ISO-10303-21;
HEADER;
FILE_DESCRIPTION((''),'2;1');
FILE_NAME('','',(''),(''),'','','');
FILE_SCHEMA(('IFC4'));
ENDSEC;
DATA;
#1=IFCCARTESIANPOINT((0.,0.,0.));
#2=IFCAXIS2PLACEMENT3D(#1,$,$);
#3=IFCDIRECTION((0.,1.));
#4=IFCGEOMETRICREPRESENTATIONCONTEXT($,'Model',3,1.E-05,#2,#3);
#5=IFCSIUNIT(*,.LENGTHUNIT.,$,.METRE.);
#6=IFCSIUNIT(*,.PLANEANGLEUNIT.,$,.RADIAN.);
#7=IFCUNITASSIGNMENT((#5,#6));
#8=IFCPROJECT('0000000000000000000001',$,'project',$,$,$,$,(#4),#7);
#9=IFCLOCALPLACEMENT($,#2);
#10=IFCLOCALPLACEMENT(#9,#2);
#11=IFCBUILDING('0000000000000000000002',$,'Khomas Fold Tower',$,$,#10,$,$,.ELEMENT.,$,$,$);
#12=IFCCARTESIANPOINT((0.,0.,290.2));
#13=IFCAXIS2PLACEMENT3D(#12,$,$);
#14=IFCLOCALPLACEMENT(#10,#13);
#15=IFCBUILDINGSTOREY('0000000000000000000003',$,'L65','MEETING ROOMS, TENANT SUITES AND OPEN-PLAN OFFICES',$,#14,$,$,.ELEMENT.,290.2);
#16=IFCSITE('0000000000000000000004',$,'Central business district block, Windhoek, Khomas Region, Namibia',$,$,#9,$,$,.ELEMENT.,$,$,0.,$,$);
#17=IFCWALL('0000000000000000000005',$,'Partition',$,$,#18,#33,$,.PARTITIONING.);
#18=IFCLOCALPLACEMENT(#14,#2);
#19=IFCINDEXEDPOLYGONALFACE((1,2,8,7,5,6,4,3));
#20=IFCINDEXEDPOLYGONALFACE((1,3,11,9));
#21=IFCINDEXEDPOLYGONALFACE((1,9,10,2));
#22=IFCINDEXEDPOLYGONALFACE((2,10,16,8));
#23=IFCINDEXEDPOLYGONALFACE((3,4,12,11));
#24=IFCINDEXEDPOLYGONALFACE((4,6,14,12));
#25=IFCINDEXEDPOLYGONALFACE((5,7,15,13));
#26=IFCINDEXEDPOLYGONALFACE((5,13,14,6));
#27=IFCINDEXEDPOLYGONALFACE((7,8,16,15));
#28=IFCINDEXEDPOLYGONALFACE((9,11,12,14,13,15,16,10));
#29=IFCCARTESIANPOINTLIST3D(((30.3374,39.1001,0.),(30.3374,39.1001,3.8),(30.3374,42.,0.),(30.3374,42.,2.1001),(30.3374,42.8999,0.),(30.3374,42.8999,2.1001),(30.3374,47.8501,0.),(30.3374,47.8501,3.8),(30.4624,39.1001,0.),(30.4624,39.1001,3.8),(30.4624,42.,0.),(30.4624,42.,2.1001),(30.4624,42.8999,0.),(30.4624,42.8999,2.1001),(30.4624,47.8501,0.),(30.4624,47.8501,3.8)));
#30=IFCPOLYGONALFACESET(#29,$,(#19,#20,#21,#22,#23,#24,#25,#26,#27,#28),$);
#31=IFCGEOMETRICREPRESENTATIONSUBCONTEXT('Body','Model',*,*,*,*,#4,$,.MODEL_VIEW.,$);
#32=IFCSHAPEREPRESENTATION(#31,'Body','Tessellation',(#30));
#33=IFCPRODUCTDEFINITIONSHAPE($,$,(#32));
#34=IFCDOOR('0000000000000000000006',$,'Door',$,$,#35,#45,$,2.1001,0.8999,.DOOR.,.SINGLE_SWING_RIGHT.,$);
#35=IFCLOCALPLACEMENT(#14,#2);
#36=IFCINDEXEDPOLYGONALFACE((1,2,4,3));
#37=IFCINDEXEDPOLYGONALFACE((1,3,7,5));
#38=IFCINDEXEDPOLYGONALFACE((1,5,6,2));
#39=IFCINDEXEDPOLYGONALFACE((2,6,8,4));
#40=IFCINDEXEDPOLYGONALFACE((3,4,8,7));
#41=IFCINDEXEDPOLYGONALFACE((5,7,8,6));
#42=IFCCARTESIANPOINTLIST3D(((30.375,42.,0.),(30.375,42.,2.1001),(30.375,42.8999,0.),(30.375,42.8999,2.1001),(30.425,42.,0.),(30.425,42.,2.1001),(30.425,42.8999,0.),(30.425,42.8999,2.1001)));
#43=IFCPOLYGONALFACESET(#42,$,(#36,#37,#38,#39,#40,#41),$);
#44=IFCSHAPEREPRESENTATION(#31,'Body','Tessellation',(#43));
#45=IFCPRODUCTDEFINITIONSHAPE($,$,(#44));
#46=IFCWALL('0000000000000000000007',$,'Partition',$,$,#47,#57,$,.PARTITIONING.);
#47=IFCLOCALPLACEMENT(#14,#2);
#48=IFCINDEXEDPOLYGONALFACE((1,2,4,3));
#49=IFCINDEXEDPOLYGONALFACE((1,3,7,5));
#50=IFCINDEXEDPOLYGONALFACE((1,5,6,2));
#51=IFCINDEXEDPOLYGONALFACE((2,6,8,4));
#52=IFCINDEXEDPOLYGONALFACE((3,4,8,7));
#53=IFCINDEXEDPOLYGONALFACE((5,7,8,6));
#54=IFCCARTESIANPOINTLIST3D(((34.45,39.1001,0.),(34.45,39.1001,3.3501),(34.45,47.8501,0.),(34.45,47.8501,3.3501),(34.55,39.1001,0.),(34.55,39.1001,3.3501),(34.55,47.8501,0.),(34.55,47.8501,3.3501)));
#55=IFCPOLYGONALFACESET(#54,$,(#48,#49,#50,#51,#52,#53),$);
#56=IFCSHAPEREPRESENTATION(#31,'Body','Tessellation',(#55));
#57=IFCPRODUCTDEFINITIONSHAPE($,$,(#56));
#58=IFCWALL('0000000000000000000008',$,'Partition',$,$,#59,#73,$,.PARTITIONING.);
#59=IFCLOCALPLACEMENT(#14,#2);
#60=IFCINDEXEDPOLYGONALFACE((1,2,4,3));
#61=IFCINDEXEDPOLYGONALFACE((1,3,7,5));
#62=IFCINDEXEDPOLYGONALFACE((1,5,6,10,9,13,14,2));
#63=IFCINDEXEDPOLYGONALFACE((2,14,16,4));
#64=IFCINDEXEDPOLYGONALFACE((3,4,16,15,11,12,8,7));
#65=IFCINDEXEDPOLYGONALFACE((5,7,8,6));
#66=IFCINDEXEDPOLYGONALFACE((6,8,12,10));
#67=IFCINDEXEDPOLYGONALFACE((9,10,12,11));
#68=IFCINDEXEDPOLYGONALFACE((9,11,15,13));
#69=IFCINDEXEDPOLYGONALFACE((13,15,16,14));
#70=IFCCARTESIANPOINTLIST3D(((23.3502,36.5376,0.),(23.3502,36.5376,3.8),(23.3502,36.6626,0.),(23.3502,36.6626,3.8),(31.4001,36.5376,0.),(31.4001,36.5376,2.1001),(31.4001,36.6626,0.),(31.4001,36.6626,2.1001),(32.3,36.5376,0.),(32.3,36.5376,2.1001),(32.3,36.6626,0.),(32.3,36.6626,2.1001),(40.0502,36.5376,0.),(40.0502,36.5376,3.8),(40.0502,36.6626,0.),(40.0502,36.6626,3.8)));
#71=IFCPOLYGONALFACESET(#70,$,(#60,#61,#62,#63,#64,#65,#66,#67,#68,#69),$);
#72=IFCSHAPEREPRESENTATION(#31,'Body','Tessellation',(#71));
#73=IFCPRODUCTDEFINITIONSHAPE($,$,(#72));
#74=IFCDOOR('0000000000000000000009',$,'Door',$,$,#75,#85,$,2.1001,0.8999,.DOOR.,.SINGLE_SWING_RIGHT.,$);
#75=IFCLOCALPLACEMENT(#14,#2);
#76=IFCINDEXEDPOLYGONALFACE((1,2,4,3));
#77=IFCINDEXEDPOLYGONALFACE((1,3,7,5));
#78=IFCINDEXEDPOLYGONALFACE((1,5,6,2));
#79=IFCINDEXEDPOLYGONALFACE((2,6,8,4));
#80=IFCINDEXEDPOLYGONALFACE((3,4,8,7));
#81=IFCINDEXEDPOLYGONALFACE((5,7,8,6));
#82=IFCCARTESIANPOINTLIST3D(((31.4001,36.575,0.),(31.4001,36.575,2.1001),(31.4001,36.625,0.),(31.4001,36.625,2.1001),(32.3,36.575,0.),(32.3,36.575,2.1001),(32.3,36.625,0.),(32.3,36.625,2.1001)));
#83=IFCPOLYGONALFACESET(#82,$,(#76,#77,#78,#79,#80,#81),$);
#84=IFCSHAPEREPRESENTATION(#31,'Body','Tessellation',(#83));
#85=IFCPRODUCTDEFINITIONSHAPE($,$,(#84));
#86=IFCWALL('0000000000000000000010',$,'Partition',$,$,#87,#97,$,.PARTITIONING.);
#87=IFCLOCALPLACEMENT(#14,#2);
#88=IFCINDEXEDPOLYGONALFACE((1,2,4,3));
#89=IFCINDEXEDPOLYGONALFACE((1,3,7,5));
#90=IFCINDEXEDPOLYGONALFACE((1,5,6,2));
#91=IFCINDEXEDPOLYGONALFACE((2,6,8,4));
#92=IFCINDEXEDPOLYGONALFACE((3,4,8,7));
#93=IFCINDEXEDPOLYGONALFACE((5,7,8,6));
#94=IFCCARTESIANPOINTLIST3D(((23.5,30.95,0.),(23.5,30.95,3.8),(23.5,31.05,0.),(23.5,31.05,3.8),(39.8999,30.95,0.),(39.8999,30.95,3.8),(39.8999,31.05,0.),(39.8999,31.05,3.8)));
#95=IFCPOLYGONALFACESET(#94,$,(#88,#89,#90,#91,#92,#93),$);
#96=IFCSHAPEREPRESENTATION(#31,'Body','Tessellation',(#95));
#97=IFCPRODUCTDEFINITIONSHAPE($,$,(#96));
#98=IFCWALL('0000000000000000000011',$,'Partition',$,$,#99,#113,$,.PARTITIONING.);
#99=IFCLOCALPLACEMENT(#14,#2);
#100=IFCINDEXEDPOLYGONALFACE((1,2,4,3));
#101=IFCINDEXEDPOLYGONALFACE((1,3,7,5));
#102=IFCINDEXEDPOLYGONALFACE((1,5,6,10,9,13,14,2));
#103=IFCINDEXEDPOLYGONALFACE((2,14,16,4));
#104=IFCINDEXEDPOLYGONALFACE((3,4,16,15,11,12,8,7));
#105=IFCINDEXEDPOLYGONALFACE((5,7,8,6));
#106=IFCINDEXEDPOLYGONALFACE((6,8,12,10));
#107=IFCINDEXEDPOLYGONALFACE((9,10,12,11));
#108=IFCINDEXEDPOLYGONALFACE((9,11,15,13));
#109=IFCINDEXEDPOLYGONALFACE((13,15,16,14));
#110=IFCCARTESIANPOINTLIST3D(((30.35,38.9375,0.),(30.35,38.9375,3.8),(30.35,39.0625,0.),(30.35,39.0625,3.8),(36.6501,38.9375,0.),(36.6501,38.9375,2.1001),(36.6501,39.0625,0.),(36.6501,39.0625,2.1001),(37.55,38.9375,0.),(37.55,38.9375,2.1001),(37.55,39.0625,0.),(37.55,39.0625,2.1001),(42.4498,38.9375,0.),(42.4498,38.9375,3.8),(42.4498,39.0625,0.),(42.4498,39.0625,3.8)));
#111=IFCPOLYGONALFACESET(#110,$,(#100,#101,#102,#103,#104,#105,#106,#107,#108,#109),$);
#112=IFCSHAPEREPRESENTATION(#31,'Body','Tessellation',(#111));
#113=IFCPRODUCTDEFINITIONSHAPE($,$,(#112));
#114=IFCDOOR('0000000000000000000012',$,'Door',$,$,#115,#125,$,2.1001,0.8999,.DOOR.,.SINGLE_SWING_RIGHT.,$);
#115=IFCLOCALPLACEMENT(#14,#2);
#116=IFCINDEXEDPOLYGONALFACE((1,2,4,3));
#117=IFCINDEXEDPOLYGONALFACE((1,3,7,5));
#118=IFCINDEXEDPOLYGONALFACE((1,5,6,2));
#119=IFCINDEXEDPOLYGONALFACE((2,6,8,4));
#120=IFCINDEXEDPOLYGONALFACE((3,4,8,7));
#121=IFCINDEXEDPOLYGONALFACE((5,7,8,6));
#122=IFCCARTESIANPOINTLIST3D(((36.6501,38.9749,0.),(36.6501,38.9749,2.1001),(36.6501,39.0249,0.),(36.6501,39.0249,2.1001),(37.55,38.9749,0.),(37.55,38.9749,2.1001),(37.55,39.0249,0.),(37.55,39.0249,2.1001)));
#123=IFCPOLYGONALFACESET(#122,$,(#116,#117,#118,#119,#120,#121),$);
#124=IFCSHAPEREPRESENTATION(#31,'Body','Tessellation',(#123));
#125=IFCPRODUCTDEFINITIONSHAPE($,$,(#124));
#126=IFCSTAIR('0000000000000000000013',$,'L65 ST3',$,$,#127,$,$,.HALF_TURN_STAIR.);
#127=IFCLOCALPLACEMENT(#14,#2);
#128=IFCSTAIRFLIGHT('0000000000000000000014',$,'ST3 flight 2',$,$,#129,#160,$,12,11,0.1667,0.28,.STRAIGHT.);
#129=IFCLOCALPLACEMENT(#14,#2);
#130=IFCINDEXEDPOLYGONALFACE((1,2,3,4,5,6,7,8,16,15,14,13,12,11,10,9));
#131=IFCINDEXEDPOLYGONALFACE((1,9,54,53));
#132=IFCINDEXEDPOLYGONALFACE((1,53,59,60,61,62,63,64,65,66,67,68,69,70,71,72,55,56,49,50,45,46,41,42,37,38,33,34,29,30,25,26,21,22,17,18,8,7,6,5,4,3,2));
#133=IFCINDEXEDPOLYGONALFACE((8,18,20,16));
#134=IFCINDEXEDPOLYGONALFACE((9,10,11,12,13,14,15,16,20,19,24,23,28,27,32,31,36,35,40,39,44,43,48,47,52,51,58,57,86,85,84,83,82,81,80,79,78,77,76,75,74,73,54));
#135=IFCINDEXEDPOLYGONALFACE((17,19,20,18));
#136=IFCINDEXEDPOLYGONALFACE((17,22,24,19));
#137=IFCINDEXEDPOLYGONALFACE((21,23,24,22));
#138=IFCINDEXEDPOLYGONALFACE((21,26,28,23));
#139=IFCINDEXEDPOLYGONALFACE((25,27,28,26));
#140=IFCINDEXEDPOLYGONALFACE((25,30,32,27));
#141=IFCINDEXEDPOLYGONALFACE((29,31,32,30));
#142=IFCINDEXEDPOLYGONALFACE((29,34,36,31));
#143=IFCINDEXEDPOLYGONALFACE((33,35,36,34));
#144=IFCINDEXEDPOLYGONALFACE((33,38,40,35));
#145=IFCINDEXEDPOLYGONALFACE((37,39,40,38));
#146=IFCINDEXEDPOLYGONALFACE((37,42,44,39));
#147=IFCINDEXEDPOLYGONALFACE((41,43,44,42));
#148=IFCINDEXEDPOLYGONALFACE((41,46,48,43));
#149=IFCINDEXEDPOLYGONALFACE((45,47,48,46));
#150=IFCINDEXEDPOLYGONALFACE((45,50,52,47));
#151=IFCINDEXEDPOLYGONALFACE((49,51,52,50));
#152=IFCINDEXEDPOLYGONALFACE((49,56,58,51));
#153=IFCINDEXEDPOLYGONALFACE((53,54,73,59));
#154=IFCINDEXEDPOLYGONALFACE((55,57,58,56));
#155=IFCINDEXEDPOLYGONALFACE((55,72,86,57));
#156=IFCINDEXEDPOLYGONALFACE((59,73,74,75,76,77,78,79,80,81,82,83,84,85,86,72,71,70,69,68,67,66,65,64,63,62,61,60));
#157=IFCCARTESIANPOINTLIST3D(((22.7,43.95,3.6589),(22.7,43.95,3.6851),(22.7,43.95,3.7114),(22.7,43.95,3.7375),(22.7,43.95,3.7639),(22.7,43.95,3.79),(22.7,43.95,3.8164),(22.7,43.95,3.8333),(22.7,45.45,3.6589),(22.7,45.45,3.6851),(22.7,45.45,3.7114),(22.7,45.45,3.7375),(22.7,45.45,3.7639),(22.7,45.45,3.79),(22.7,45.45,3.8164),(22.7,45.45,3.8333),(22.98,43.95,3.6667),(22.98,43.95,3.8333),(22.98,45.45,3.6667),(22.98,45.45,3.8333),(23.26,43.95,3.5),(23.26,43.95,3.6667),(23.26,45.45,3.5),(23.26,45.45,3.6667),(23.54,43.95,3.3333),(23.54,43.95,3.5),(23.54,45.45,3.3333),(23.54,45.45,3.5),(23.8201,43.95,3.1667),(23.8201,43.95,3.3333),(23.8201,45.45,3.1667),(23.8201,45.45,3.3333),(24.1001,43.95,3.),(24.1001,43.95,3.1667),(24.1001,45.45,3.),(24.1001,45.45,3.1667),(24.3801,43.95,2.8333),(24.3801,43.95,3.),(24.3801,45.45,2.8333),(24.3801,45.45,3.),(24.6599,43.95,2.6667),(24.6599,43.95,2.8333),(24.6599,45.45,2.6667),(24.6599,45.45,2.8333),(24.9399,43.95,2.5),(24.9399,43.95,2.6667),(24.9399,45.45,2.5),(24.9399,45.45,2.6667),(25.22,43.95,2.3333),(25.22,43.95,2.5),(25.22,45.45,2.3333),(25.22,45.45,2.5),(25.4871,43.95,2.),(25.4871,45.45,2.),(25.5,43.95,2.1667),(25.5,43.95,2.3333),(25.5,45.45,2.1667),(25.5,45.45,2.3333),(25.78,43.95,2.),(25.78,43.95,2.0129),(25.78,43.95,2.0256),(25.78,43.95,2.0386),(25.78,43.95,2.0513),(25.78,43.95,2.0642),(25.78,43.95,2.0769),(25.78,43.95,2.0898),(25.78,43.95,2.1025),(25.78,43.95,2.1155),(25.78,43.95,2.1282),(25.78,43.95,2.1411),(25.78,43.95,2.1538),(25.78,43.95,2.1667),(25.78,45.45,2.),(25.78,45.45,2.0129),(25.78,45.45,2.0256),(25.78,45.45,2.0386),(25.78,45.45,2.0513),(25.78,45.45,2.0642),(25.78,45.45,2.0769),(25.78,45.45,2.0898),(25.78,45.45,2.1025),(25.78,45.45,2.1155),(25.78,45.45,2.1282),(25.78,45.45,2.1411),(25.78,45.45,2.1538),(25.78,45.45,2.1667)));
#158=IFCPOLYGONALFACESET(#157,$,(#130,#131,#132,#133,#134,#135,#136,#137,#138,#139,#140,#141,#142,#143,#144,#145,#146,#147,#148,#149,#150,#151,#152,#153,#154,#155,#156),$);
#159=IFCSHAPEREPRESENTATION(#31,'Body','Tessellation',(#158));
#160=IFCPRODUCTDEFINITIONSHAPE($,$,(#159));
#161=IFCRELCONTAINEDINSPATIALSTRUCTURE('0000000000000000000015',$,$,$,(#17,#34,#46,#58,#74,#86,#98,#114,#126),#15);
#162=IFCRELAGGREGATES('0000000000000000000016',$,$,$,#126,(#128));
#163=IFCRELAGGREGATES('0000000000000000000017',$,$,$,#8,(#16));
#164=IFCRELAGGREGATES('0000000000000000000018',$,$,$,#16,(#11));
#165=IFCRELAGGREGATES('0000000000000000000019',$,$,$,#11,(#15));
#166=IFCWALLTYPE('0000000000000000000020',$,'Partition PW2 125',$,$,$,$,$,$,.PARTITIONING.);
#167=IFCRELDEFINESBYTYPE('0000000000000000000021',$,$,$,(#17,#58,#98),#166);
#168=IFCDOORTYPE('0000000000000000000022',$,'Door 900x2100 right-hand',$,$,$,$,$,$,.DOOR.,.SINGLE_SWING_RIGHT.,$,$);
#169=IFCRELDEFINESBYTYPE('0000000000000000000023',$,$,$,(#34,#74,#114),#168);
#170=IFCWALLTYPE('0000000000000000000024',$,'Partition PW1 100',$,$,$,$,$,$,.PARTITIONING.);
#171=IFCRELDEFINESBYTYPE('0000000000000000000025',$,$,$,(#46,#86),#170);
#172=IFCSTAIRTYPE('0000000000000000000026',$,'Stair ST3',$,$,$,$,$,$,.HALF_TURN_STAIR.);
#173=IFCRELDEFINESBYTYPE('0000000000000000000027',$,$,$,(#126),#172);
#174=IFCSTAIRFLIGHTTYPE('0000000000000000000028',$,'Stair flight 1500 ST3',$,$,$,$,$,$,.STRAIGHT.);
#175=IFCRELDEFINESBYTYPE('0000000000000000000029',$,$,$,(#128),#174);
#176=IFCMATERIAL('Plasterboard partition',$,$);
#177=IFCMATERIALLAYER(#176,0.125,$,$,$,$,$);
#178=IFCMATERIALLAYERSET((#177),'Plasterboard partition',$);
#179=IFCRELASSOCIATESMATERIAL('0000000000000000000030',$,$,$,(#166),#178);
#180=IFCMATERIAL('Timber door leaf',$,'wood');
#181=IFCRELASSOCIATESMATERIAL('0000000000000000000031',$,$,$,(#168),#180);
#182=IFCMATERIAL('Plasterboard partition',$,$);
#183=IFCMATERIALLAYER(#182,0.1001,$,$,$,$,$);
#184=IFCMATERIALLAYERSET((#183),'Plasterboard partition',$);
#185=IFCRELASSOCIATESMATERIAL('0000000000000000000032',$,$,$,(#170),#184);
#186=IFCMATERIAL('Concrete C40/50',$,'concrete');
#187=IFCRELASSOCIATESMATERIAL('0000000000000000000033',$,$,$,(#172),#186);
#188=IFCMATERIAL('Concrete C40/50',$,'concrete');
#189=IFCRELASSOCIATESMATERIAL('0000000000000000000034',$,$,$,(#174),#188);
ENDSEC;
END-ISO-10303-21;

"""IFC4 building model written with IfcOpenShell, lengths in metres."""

from ifc_helpers import new_model, si_unit, direction, frame, frame_2d, origin, place, context, subcontext, project, spatial, polyline, rectangle, outline, extrude, source, transform, mapped, material, layer, layer_set, type_object, element, fill, aggregate, save


model = new_model("IFC4")

# Units and contexts
model_context = context("Model", 3, precision=1e-05, world=origin(), true_north=direction((0.0, 1.0)))
body_context = subcontext(model_context, "Body", "Model", "MODEL_VIEW")
ifc_project = project(units=[si_unit("LENGTHUNIT", "METRE"), si_unit("PLANEANGLEUNIT", "RADIAN")], contexts=[model_context])

# Site, building, storey
site_placement = place(None, origin())
site = spatial("IfcSite", under=ifc_project, at=site_placement, Name="Central business district block, Windhoek, Khomas Region, Namibia", CompositionType="ELEMENT", RefElevation=0.0)
building_placement = place(site_placement, origin())
building = spatial("IfcBuilding", under=site, at=building_placement, Name="Khomas Fold Tower", CompositionType="ELEMENT")
storey_placement = place(building_placement, frame((0.0, 0.0, 290.2)))
storey = spatial("IfcBuildingStorey", under=building, at=storey_placement, Name="L65", Description="MEETING ROOMS, TENANT SUITES AND OPEN-PLAN OFFICES", CompositionType="ELEMENT", Elevation=290.2)

# Wall, opening, door
ifc_material_1 = material(Name="Plasterboard partition")
ifc_layer_1 = layer(ifc_material_1, 0.125)
ifc_layer_set_1 = layer_set([ifc_layer_1], Name="Plasterboard partition")
wall_type_1 = type_object("IfcWallType", Name="Partition PW2 125", PredefinedType="PARTITIONING", material=ifc_layer_set_1)
shared_shape_1 = source(origin(), body_context, "Body", "SweptSolid", [
    extrude(rectangle(XDim=8.75, YDim=0.125, at=frame_2d((4.375, 0.0))), origin(), (0.0, 0.0, 1.0), 3.8),
])
wall_1_placement = place(storey_placement, frame((30.3999, 39.1001, 0.0), z_axis=(0.0, 0.0, 1.0), x_axis=(0.0, 1.0, 0.0)))
wall_1 = element("IfcWall", 1, at=wall_1_placement, inside=storey, type_object=wall_type_1, Name="Partition", PredefinedType="PARTITIONING", context=body_context, shape_type="MappedRepresentation", body=[
    mapped(shared_shape_1, transform((0.0, 0.0, 0.0))),
])
shared_shape_2 = source(origin(), body_context, "Body", "SweptSolid", [
    extrude(rectangle(XDim=0.8999, YDim=2.1001, at=frame_2d((0.45, 1.05))), frame((0.0, 0.0725, 0.0), z_axis=(0.0, -1.0, 0.0), x_axis=(1.0, 0.0, 0.0)), (0.0, 0.0, 1.0), 0.145),
])
opening_1_placement = place(wall_1_placement, frame((2.8999, 0.0, 0.0)))
opening_1 = element("IfcOpeningElement", 2, at=opening_1_placement, cuts=wall_1, PredefinedType="OPENING", context=body_context, shape_type="MappedRepresentation", body=[
    mapped(shared_shape_2, transform((0.0, 0.0, 0.0))),
])
ifc_material_2 = material(Name="Timber door leaf", Category="wood")
door_type = type_object("IfcDoorType", Name="Door 900x2100 right-hand", OperationType="SINGLE_SWING_RIGHT", PredefinedType="DOOR", material=ifc_material_2)
shared_shape_3 = source(origin(), body_context, "Body", "SweptSolid", [
    extrude(rectangle(XDim=0.8999, YDim=2.1001, at=frame_2d((0.45, 1.05))), frame((0.0, 0.0249, 0.0), z_axis=(0.0, -1.0, 0.0), x_axis=(1.0, 0.0, 0.0)), (0.0, 0.0, 1.0), 0.05),
])
door_1_placement = place(opening_1_placement, origin())
door_1 = element("IfcDoor", 3, at=door_1_placement, inside=storey, type_object=door_type, Name="Door", OperationType="SINGLE_SWING_RIGHT", OverallHeight=2.1001, OverallWidth=0.8999, PredefinedType="DOOR", context=body_context, shape_type="MappedRepresentation", body=[
    mapped(shared_shape_3, transform((0.0, 0.0, 0.0))),
])
fill(opening_1, door_1)

# Wall
ifc_material_3 = material(Name="Plasterboard partition")
ifc_layer_2 = layer(ifc_material_3, 0.1001)
ifc_layer_set_2 = layer_set([ifc_layer_2], Name="Plasterboard partition")
wall_type_2 = type_object("IfcWallType", Name="Partition PW1 100", PredefinedType="PARTITIONING", material=ifc_layer_set_2)
shared_shape_4 = source(origin(), body_context, "Body", "SweptSolid", [
    extrude(rectangle(XDim=8.75, YDim=0.1001, at=frame_2d((4.375, 0.0))), origin(), (0.0, 0.0, 1.0), 3.3501),
])
wall_2_placement = place(storey_placement, frame((34.5, 39.1001, 0.0), z_axis=(0.0, 0.0, 1.0), x_axis=(0.0, 1.0, 0.0)))
element("IfcWall", 4, at=wall_2_placement, inside=storey, type_object=wall_type_2, Name="Partition", PredefinedType="PARTITIONING", context=body_context, shape_type="MappedRepresentation", body=[
    mapped(shared_shape_4, transform((0.0, 0.0, 0.0))),
])

# Wall, opening, door
shared_shape_5 = source(origin(), body_context, "Body", "SweptSolid", [
    extrude(rectangle(XDim=16.7, YDim=0.125, at=frame_2d((8.3501, 0.0))), origin(), (0.0, 0.0, 1.0), 3.8),
])
wall_3_placement = place(storey_placement, frame((23.3501, 36.6001, 0.0), z_axis=(0.0, 0.0, 1.0), x_axis=(1.0, 0.0, 0.0)))
wall_3 = element("IfcWall", 5, at=wall_3_placement, inside=storey, type_object=wall_type_1, Name="Partition", PredefinedType="PARTITIONING", context=body_context, shape_type="MappedRepresentation", body=[
    mapped(shared_shape_5, transform((0.0, 0.0, 0.0))),
])
opening_2_placement = place(wall_3_placement, frame((8.05, 0.0, 0.0)))
opening_2 = element("IfcOpeningElement", 6, at=opening_2_placement, cuts=wall_3, PredefinedType="OPENING", context=body_context, shape_type="MappedRepresentation", body=[
    mapped(shared_shape_2, transform((0.0, 0.0, 0.0))),
])
door_2_placement = place(opening_2_placement, origin())
door_2 = element("IfcDoor", 7, at=door_2_placement, inside=storey, type_object=door_type, Name="Door", OperationType="SINGLE_SWING_RIGHT", OverallHeight=2.1001, OverallWidth=0.8999, PredefinedType="DOOR", context=body_context, shape_type="MappedRepresentation", body=[
    mapped(shared_shape_3, transform((0.0, 0.0, 0.0))),
])
fill(opening_2, door_2)

# Wall
shared_shape_6 = source(origin(), body_context, "Body", "SweptSolid", [
    extrude(rectangle(XDim=16.3999, YDim=0.1001, at=frame_2d((8.2, 0.0))), origin(), (0.0, 0.0, 1.0), 3.8),
])
wall_4_placement = place(storey_placement, frame((23.5, 31.0, 0.0), z_axis=(0.0, 0.0, 1.0), x_axis=(1.0, 0.0, 0.0)))
element("IfcWall", 8, at=wall_4_placement, inside=storey, type_object=wall_type_2, Name="Partition", PredefinedType="PARTITIONING", context=body_context, shape_type="MappedRepresentation", body=[
    mapped(shared_shape_6, transform((0.0, 0.0, 0.0))),
])

# Wall, opening, door
shared_shape_7 = source(origin(), body_context, "Body", "SweptSolid", [
    extrude(rectangle(XDim=12.0999, YDim=0.125, at=frame_2d((6.0498, 0.0))), origin(), (0.0, 0.0, 1.0), 3.8),
])
wall_5_placement = place(storey_placement, frame((30.3501, 39.0, 0.0), z_axis=(0.0, 0.0, 1.0), x_axis=(1.0, 0.0, 0.0)))
wall_5 = element("IfcWall", 9, at=wall_5_placement, inside=storey, type_object=wall_type_1, Name="Partition", PredefinedType="PARTITIONING", context=body_context, shape_type="MappedRepresentation", body=[
    mapped(shared_shape_7, transform((0.0, 0.0, 0.0))),
])
opening_3_placement = place(wall_5_placement, frame((6.3, 0.0, 0.0)))
opening_3 = element("IfcOpeningElement", 10, at=opening_3_placement, cuts=wall_5, PredefinedType="OPENING", context=body_context, shape_type="MappedRepresentation", body=[
    mapped(shared_shape_2, transform((0.0, 0.0, 0.0))),
])
door_3_placement = place(opening_3_placement, origin())
door_3 = element("IfcDoor", 11, at=door_3_placement, inside=storey, type_object=door_type, Name="Door", OperationType="SINGLE_SWING_RIGHT", OverallHeight=2.1001, OverallWidth=0.8999, PredefinedType="DOOR", context=body_context, shape_type="MappedRepresentation", body=[
    mapped(shared_shape_3, transform((0.0, 0.0, 0.0))),
])
fill(opening_3, door_3)

# Stair, stair flight
ifc_material_4 = material(Name="Concrete C40/50", Category="concrete")
stair_type = type_object("IfcStairType", Name="Stair ST3", PredefinedType="HALF_TURN_STAIR", material=ifc_material_4)
stair_placement = place(storey_placement, origin())
stair = element("IfcStair", 12, at=stair_placement, inside=storey, type_object=stair_type, Name="L65 ST3", PredefinedType="HALF_TURN_STAIR")
ifc_material_5 = material(Name="Concrete C40/50", Category="concrete")
stair_flight_type = type_object("IfcStairFlightType", Name="Stair flight 1500 ST3", PredefinedType="STRAIGHT", material=ifc_material_5)
shared_shape_8 = source(origin(), body_context, "Body", "SweptSolid", [
    extrude(outline(polyline([(0.0, 0.0), (0.0, 0.0129), (0.0, 0.0256), (0.0, 0.0386), (0.0, 0.0513), (0.0, 0.0642), (0.0, 0.0769), (0.0, 0.0898), (0.0, 0.1025), (0.0, 0.1155), (0.0, 0.1282), (0.0, 0.1411), (0.0, 0.1538), (0.0, 0.1667), (0.28, 0.1667), (0.28, 0.3333), (0.5601, 0.3333), (0.5601, 0.5), (0.8401, 0.5), (0.8401, 0.6667), (1.1201, 0.6667), (1.1201, 0.8333), (1.3999, 0.8333), (1.3999, 1.0), (1.6799, 1.0), (1.6799, 1.1667), (1.96, 1.1667), (1.96, 1.3333), (2.24, 1.3333), (2.24, 1.5), (2.52, 1.5), (2.52, 1.6667), (2.8, 1.6667), (2.8, 1.8333), (3.0801, 1.8333), (3.0801, 2.0), (3.0801, 1.9739), (3.0801, 1.9475), (3.0801, 1.9214), (3.0801, 1.895), (3.0801, 1.8689), (3.0801, 1.8425), (3.0801, 1.8164), (3.0801, 1.79), (3.0801, 1.7639), (3.0801, 1.7375), (3.0801, 1.7114), (3.0801, 1.6851), (3.0801, 1.6589), (0.293, 0.0), (0.0, 0.0)])), frame((0.0, 0.75, 0.0), z_axis=(0.0, -1.0, 0.0), x_axis=(1.0, 0.0, 0.0)), (0.0, 0.0, 1.0), 1.5),
])
stair_flight_placement = place(storey_placement, frame((25.78, 44.7, 2.0), z_axis=(0.0, 0.0, 1.0), x_axis=(-1.0, 0.0, 0.0)))
stair_flight = element("IfcStairFlight", 13, at=stair_flight_placement, type_object=stair_flight_type, Name="ST3 flight 2", NumberOfRisers=12, NumberOfTreads=11, PredefinedType="STRAIGHT", RiserHeight=0.1667, TreadLength=0.28, context=body_context, shape_type="MappedRepresentation", body=[
    mapped(shared_shape_8, transform((0.0, 0.0, 0.0))),
])
aggregate(stair, [stair_flight])

save(model, "model.ifc")
